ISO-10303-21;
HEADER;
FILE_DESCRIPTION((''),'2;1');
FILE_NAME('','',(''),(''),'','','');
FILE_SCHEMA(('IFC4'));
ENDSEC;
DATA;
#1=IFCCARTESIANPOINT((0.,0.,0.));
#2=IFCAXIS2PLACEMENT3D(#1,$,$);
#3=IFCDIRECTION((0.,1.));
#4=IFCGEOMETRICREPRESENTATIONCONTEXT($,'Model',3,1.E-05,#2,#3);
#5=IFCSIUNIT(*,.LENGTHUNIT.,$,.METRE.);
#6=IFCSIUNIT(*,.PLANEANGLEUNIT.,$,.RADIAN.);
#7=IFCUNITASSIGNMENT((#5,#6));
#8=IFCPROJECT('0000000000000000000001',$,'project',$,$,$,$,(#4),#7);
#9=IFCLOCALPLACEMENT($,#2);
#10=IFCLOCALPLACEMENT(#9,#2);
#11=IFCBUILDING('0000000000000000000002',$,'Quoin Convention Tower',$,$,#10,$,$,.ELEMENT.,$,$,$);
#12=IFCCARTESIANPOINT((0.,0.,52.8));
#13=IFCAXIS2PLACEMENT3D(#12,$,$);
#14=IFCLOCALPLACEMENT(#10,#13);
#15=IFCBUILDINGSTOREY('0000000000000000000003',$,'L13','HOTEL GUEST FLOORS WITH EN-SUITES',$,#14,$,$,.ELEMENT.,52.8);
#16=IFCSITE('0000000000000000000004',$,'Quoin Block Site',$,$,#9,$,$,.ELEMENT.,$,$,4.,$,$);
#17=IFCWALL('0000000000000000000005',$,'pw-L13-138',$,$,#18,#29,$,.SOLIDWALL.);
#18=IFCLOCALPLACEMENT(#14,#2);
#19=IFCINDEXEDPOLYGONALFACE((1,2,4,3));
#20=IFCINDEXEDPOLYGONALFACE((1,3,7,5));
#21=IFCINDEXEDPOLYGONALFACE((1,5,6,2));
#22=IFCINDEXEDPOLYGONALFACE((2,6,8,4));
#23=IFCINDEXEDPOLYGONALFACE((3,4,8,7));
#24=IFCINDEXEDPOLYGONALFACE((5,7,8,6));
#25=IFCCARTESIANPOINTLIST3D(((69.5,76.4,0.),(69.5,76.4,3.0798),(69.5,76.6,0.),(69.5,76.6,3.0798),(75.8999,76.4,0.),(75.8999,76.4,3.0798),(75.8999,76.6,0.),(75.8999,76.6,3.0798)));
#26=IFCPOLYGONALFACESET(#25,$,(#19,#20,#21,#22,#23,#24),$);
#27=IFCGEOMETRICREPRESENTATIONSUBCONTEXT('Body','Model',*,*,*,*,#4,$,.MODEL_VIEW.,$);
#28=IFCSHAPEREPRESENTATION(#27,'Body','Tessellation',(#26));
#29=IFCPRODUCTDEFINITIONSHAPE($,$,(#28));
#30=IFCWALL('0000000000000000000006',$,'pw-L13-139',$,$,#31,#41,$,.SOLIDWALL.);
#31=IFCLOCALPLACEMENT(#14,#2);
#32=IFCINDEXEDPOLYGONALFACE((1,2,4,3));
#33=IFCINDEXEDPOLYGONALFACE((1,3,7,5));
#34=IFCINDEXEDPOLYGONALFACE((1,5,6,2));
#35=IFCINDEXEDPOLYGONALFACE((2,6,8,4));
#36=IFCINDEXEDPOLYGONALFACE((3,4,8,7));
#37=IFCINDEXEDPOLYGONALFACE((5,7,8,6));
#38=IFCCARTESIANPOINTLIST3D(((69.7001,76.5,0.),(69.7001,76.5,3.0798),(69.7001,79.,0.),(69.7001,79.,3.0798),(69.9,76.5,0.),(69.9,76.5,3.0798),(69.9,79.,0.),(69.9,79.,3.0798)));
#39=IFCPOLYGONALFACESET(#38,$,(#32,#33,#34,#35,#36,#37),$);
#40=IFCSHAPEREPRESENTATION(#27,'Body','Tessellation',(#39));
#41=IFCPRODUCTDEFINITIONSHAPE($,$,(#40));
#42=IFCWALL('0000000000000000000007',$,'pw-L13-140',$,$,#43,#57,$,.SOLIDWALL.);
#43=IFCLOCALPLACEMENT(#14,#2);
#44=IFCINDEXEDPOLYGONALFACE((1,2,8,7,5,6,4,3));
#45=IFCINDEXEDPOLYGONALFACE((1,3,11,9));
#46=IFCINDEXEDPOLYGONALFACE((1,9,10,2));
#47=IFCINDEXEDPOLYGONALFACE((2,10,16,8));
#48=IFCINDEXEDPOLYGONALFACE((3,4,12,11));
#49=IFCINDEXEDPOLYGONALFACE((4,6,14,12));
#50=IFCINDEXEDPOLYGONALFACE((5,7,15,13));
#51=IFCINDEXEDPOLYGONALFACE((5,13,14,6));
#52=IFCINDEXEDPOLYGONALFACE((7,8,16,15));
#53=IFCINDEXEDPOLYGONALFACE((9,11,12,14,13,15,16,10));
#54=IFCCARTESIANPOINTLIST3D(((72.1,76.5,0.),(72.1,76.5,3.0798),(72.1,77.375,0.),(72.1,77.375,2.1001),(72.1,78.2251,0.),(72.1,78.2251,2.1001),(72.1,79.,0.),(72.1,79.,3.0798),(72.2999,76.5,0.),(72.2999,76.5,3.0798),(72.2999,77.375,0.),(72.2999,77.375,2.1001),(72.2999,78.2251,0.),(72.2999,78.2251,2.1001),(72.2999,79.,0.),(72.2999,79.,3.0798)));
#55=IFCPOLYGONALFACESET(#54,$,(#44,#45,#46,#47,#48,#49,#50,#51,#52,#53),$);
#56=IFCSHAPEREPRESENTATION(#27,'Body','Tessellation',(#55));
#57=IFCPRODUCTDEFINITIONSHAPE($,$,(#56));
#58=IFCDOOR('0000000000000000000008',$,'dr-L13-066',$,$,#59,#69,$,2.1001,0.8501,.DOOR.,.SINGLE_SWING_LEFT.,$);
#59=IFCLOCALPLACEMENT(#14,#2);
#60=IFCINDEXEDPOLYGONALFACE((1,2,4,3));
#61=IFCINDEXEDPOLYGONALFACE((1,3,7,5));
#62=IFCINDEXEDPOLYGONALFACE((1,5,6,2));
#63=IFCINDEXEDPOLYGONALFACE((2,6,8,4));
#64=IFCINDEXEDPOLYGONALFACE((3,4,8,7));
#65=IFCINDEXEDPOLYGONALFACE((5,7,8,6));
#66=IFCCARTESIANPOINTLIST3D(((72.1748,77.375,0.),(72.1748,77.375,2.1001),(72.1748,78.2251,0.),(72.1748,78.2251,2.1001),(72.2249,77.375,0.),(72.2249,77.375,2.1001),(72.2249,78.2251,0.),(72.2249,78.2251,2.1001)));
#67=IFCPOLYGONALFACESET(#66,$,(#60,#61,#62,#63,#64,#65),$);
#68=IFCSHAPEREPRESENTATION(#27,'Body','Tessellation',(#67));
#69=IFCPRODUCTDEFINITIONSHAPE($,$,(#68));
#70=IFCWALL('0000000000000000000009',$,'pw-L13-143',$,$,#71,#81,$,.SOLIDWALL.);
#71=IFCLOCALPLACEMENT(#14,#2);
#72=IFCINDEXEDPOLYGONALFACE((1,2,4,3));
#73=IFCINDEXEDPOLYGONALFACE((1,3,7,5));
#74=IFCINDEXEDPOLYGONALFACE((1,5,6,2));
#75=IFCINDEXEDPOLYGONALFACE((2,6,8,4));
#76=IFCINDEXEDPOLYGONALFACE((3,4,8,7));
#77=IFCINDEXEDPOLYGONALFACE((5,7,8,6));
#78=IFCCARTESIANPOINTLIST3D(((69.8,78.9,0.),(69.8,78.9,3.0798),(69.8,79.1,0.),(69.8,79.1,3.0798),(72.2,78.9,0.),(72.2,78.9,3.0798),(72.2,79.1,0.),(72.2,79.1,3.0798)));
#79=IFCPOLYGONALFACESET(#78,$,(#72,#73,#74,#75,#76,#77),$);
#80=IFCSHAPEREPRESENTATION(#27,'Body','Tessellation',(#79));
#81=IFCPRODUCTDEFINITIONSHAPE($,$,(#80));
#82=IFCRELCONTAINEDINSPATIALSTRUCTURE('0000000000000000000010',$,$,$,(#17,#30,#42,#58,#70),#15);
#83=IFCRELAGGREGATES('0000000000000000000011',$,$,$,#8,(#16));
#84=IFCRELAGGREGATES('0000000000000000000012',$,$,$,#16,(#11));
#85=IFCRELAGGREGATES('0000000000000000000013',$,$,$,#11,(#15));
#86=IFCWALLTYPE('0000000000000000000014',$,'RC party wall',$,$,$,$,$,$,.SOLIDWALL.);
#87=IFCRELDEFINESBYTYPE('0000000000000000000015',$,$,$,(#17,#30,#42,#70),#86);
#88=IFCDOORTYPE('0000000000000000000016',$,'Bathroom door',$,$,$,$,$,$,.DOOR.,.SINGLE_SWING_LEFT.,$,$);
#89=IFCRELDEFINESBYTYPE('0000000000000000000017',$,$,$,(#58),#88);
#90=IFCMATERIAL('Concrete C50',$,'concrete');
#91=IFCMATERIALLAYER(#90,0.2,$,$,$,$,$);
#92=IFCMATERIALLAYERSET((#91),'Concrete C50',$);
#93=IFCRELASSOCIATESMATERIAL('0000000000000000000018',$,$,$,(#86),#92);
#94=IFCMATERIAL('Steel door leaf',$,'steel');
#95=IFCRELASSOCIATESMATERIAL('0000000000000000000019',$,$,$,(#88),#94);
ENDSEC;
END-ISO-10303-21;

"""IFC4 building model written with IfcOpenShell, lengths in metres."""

from ifc_helpers import new_model, si_unit, direction, frame, frame_2d, origin, place, context, subcontext, project, spatial, rectangle, extrude, material, layer, layer_set, type_object, element, fill, save


model = new_model("IFC4")

# Units and contexts
model_context = context("Model", 3, precision=1e-05, world=origin(), true_north=direction((0.0, 1.0)))
body_context = subcontext(model_context, "Body", "Model", "MODEL_VIEW")
ifc_project = project(units=[si_unit("LENGTHUNIT", "METRE"), si_unit("PLANEANGLEUNIT", "RADIAN")], contexts=[model_context])

# Site, building, storey
site_placement = place(None, origin())
site = spatial("IfcSite", under=ifc_project, at=site_placement, Name="Quoin Block Site", CompositionType="ELEMENT", RefElevation=4.0)
building_placement = place(site_placement, origin())
building = spatial("IfcBuilding", under=site, at=building_placement, Name="Quoin Convention Tower", CompositionType="ELEMENT")
storey_placement = place(building_placement, frame((0.0, 0.0, 52.8)))
storey = spatial("IfcBuildingStorey", under=building, at=storey_placement, Name="L13", Description="HOTEL GUEST FLOORS WITH EN-SUITES", CompositionType="ELEMENT", Elevation=52.8)

# Shared definitions
ifc_material_1 = material(Name="Concrete C50", Category="concrete")
ifc_layer_1 = layer(ifc_material_1, 0.2)
ifc_layer_set_1 = layer_set([ifc_layer_1], Name="Concrete C50")
wall_type_1 = type_object("IfcWallType", Name="RC party wall", PredefinedType="SOLIDWALL", material=ifc_layer_set_1)
ifc_material_2 = material(Name="Steel door leaf", Category="steel")
door_type = type_object("IfcDoorType", Name="Bathroom door", OperationType="SINGLE_SWING_LEFT", PredefinedType="DOOR", material=ifc_material_2)

# Walls
wall_1_placement = place(storey_placement, frame((69.5, 76.5, 0.0), z_axis=(0.0, 0.0, 1.0), x_axis=(1.0, 0.0, 0.0)))
element("IfcWall", 1, at=wall_1_placement, inside=storey, type_object=wall_type_1, Name="pw-L13-138", PredefinedType="SOLIDWALL", context=body_context, shape_type="SweptSolid", body=[
    extrude(rectangle(XDim=6.3999, YDim=0.2, at=frame_2d((3.2, 0.0))), origin(), (0.0, 0.0, 1.0), 3.0798),
])
wall_2_placement = place(storey_placement, frame((69.8, 76.5, 0.0), z_axis=(0.0, 0.0, 1.0), x_axis=(0.0, 1.0, 0.0)))
element("IfcWall", 2, at=wall_2_placement, inside=storey, type_object=wall_type_1, Name="pw-L13-139", PredefinedType="SOLIDWALL", context=body_context, shape_type="SweptSolid", body=[
    extrude(rectangle(XDim=2.5, YDim=0.2, at=frame_2d((1.25, 0.0))), origin(), (0.0, 0.0, 1.0), 3.0798),
])

# Wall, opening, door
wall_3_placement = place(storey_placement, frame((72.2, 76.5, 0.0), z_axis=(0.0, 0.0, 1.0), x_axis=(0.0, 1.0, 0.0)))
wall_3 = element("IfcWall", 3, at=wall_3_placement, inside=storey, type_object=wall_type_1, Name="pw-L13-140", PredefinedType="SOLIDWALL", context=body_context, shape_type="SweptSolid", body=[
    extrude(rectangle(XDim=2.5, YDim=0.2, at=frame_2d((1.25, 0.0))), origin(), (0.0, 0.0, 1.0), 3.0798),
])
opening_1_placement = place(wall_3_placement, frame((0.875, 0.0, 0.0)))
opening_1 = element("IfcOpeningElement", 4, at=opening_1_placement, cuts=wall_3, PredefinedType="OPENING", context=body_context, shape_type="SweptSolid", body=[
    extrude(rectangle(XDim=0.8501, YDim=2.1001, at=frame_2d((0.425, 1.05))), frame((0.0, 0.1099, 0.0), z_axis=(0.0, -1.0, 0.0), x_axis=(1.0, 0.0, 0.0)), (0.0, 0.0, 1.0), 0.22),
])
door_1_placement = place(opening_1_placement, frame((0.8501, 0.0, 0.0), z_axis=(0.0, 0.0, 1.0), x_axis=(-1.0, 0.0, 0.0)))
door_1 = element("IfcDoor", 5, at=door_1_placement, inside=storey, type_object=door_type, Name="dr-L13-066", OperationType="SINGLE_SWING_LEFT", OverallHeight=2.1001, OverallWidth=0.8501, PredefinedType="DOOR", context=body_context, shape_type="SweptSolid", body=[
    extrude(rectangle(XDim=0.8501, YDim=2.1001, at=frame_2d((0.425, 1.05))), frame((0.0, 0.0249, 0.0), z_axis=(0.0, -1.0, 0.0), x_axis=(1.0, 0.0, 0.0)), (0.0, 0.0, 1.0), 0.05),
])
fill(opening_1, door_1)

# Wall
wall_4_placement = place(storey_placement, frame((69.8, 79.0, 0.0), z_axis=(0.0, 0.0, 1.0), x_axis=(1.0, 0.0, 0.0)))
element("IfcWall", 6, at=wall_4_placement, inside=storey, type_object=wall_type_1, Name="pw-L13-143", PredefinedType="SOLIDWALL", context=body_context, shape_type="SweptSolid", body=[
    extrude(rectangle(XDim=2.3999, YDim=0.2, at=frame_2d((1.2, 0.0))), origin(), (0.0, 0.0, 1.0), 3.0798),
])

save(model, "model.ifc")
